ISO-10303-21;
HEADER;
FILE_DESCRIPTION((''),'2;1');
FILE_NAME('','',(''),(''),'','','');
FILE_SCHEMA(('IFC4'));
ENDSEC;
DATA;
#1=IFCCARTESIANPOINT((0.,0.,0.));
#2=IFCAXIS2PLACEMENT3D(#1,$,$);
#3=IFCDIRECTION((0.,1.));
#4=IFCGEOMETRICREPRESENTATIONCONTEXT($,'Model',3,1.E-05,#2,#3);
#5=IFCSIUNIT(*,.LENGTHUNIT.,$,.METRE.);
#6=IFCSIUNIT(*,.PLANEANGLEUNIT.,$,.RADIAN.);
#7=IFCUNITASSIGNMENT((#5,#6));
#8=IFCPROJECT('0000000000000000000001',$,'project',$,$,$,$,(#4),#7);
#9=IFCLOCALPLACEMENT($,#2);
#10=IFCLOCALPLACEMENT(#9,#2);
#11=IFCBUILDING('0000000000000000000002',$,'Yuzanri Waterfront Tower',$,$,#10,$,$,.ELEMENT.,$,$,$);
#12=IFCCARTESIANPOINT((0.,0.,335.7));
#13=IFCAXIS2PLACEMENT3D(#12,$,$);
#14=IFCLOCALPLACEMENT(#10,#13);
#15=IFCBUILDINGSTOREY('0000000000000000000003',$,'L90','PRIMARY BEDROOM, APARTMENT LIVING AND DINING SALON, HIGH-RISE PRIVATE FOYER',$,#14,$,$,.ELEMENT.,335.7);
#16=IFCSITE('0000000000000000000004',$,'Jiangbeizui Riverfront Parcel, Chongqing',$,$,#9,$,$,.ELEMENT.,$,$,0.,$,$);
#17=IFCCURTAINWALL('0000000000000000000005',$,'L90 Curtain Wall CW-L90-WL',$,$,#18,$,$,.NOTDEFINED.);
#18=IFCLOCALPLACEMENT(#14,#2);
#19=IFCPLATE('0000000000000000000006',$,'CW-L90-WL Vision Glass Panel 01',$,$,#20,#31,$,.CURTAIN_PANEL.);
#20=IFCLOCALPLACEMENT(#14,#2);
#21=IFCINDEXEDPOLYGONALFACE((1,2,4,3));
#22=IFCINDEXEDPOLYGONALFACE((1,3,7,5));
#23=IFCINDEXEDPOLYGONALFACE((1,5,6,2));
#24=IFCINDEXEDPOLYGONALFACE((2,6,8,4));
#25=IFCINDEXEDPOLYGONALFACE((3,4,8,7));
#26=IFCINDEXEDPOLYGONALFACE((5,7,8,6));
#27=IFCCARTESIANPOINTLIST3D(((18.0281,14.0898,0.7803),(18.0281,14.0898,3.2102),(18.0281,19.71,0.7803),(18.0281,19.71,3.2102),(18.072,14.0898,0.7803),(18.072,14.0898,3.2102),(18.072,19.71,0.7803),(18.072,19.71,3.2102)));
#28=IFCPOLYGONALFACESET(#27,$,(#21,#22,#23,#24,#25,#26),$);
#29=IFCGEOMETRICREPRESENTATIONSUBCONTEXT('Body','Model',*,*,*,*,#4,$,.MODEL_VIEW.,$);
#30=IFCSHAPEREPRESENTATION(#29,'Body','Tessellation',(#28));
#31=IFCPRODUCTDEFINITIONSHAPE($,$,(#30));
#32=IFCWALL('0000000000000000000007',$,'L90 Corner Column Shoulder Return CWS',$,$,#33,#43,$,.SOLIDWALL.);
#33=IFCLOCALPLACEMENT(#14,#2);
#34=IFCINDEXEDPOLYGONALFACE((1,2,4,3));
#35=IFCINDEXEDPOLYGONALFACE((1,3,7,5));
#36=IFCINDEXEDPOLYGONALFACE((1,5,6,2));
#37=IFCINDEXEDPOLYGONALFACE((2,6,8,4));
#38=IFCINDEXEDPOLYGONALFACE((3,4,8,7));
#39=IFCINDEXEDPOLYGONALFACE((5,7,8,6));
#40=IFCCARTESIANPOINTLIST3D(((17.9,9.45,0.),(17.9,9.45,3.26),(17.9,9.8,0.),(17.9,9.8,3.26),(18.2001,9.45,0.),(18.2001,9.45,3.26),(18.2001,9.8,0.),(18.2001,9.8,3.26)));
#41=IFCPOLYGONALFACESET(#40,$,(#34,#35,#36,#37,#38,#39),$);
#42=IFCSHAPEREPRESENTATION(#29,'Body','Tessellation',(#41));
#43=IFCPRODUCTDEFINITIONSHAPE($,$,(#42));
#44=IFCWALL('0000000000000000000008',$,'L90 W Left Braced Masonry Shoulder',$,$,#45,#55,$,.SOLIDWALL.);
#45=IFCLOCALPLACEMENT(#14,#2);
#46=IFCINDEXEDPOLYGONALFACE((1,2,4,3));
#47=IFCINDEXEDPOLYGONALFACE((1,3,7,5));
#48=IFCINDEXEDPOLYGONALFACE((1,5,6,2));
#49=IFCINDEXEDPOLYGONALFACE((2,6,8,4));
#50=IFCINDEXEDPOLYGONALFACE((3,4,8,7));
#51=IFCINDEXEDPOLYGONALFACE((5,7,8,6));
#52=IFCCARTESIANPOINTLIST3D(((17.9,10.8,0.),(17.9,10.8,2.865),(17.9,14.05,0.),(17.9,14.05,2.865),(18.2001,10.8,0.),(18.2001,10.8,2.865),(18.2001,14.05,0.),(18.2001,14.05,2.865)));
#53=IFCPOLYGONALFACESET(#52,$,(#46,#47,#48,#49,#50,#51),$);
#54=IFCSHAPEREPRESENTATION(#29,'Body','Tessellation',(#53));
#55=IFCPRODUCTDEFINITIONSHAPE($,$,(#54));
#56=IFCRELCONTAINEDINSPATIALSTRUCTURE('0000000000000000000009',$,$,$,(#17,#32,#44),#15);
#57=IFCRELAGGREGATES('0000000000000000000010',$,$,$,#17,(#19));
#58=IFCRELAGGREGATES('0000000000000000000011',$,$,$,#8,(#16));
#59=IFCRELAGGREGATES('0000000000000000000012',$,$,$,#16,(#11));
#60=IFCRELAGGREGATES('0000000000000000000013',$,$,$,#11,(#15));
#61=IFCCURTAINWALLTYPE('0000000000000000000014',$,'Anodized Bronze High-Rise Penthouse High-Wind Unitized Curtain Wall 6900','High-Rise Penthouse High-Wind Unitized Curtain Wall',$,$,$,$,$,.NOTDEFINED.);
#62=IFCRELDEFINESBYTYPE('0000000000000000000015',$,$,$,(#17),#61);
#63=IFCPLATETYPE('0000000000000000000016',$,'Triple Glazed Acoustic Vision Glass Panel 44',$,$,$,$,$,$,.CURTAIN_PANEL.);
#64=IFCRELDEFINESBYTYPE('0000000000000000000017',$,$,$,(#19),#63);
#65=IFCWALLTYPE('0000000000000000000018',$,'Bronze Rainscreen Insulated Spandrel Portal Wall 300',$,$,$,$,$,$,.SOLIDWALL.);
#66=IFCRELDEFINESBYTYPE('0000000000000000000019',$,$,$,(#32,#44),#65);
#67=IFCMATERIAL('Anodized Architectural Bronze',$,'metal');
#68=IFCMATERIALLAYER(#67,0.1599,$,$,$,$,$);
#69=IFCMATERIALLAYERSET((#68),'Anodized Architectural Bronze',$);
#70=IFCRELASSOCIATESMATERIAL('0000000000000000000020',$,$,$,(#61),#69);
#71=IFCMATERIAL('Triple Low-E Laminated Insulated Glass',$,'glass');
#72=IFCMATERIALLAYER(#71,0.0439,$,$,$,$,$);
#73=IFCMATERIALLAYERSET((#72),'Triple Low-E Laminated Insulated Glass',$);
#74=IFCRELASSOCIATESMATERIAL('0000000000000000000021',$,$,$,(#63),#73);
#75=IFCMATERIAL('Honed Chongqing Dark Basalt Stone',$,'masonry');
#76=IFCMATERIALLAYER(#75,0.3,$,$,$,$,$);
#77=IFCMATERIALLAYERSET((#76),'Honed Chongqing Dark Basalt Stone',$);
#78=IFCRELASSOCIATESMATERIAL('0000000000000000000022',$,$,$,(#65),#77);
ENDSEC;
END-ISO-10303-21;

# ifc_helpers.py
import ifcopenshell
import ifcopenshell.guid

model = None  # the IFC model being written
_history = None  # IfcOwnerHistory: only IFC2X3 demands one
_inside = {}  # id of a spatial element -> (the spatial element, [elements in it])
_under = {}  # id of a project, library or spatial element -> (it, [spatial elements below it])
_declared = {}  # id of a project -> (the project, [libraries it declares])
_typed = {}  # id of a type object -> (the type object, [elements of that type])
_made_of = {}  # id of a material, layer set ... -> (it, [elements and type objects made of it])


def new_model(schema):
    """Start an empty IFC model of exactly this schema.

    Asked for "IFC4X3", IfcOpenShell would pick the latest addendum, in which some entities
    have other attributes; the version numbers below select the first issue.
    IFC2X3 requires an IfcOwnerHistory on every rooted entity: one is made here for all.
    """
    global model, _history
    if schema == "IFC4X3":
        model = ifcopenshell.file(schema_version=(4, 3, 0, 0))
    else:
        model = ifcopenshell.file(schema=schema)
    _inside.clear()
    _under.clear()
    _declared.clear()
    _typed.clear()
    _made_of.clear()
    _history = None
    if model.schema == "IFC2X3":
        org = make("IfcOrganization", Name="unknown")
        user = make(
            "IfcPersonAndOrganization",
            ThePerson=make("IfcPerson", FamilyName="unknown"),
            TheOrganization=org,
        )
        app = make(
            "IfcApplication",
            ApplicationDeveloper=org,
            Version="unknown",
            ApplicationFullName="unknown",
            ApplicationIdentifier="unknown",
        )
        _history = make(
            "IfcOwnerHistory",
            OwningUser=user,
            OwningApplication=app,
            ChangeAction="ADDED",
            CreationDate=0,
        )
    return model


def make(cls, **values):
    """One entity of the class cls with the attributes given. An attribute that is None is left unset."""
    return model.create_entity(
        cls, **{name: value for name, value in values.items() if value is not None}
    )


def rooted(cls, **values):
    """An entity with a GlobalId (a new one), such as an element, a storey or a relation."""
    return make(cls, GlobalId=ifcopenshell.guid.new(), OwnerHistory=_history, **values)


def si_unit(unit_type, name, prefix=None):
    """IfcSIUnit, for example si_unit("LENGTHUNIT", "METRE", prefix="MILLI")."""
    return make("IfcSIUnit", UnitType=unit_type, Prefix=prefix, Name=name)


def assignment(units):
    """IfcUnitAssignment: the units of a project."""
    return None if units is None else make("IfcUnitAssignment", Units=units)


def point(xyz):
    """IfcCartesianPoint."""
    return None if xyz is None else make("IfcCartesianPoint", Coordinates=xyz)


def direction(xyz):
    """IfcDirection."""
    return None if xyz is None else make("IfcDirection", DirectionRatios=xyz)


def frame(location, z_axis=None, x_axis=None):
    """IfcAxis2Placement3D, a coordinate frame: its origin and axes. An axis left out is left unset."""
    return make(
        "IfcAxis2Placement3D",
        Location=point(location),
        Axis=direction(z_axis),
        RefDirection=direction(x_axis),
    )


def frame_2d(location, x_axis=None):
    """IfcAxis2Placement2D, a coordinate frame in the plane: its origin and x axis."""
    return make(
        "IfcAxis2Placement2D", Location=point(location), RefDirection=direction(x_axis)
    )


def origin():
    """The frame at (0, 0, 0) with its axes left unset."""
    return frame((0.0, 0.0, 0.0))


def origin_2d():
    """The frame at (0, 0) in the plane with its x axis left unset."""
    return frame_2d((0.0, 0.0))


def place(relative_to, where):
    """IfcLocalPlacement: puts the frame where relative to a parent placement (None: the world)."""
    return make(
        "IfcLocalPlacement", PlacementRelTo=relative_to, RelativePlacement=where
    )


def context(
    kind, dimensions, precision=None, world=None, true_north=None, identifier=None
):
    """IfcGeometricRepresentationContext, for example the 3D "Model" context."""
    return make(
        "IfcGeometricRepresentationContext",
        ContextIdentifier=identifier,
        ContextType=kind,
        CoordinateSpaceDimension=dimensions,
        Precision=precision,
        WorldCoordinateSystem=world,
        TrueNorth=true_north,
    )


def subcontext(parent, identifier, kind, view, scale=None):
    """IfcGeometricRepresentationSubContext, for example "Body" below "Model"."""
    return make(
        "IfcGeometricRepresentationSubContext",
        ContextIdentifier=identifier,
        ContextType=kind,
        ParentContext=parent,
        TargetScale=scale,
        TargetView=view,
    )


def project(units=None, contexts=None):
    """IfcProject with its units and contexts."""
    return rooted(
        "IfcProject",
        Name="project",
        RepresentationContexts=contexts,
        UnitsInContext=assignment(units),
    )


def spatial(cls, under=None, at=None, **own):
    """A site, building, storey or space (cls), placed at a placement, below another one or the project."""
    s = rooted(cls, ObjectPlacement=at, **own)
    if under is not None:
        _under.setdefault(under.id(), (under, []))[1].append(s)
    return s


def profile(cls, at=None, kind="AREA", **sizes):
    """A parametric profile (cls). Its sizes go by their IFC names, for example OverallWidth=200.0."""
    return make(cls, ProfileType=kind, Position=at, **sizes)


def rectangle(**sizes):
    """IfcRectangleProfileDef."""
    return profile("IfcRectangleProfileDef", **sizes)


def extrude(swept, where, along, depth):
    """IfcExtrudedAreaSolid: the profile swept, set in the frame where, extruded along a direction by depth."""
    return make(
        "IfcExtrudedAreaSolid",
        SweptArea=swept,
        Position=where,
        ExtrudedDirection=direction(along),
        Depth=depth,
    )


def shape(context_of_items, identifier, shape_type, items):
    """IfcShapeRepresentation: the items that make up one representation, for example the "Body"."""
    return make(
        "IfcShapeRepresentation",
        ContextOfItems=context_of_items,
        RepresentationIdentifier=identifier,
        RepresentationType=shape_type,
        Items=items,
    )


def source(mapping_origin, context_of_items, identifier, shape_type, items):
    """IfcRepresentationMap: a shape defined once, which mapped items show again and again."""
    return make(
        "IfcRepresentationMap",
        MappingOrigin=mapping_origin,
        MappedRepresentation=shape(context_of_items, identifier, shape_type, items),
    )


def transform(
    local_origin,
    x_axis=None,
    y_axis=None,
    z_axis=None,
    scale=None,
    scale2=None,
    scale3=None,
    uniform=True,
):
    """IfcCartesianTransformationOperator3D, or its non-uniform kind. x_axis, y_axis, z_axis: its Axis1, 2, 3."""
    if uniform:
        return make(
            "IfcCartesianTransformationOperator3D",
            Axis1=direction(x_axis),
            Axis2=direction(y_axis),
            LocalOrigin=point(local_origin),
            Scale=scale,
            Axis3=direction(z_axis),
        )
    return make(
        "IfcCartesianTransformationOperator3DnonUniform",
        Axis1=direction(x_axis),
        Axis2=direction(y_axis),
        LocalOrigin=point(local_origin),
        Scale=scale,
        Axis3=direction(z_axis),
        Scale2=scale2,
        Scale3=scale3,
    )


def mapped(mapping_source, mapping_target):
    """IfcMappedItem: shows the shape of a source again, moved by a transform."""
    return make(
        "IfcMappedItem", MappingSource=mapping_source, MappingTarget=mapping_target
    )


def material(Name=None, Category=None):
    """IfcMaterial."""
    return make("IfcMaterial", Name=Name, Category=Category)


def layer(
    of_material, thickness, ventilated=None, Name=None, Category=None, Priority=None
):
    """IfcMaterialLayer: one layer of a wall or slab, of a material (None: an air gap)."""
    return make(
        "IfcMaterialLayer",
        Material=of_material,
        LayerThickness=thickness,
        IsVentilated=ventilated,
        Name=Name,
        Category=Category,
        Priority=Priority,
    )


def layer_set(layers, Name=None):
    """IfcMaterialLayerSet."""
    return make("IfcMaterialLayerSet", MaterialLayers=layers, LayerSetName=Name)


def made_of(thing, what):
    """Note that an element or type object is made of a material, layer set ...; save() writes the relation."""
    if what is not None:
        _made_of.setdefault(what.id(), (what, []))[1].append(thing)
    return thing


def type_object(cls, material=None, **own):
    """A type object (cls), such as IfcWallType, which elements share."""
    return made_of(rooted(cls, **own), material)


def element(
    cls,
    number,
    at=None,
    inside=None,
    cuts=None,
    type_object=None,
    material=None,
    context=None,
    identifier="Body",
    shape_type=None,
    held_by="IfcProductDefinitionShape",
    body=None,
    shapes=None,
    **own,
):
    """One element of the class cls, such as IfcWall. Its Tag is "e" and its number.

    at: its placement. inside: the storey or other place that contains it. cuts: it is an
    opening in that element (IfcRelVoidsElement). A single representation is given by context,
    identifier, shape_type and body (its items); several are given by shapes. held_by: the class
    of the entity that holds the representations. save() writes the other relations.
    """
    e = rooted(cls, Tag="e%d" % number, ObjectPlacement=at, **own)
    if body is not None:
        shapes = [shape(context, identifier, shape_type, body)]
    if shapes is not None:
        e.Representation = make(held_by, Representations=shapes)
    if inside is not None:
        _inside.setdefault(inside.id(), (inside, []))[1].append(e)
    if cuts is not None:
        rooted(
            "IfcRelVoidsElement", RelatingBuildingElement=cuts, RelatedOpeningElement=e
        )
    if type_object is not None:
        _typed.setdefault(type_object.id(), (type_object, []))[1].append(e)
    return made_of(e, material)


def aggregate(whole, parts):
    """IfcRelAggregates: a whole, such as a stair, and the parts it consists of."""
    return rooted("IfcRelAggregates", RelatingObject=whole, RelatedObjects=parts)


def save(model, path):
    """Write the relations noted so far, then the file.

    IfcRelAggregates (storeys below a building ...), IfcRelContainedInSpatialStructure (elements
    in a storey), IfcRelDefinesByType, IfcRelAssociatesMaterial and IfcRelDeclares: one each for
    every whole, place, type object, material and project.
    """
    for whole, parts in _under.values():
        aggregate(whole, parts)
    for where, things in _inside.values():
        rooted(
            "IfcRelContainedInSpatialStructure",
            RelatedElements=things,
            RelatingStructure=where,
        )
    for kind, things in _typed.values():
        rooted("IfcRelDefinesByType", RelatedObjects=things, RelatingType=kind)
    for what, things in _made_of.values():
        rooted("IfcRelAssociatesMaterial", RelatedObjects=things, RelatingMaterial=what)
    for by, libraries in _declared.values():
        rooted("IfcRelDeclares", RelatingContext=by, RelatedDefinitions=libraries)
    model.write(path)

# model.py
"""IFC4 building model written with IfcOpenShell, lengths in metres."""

from ifc_helpers import new_model, si_unit, direction, frame, frame_2d, origin, origin_2d, place, context, subcontext, project, spatial, rectangle, extrude, source, transform, mapped, material, layer, layer_set, type_object, element, aggregate, save


model = new_model("IFC4")

# Units and contexts
model_context = context("Model", 3, precision=1e-05, world=origin(), true_north=direction((0.0, 1.0)))
body_context = subcontext(model_context, "Body", "Model", "MODEL_VIEW")
ifc_project = project(units=[si_unit("LENGTHUNIT", "METRE"), si_unit("PLANEANGLEUNIT", "RADIAN")], contexts=[model_context])

# Site, building, storey
site_placement = place(None, origin())
site = spatial("IfcSite", under=ifc_project, at=site_placement, Name="Jiangbeizui Riverfront Parcel, Chongqing", CompositionType="ELEMENT", RefElevation=0.0)
building_placement = place(site_placement, origin())
building = spatial("IfcBuilding", under=site, at=building_placement, Name="Yuzanri Waterfront Tower", CompositionType="ELEMENT")
storey_placement = place(building_placement, frame((0.0, 0.0, 335.7)))
storey = spatial("IfcBuildingStorey", under=building, at=storey_placement, Name="L90", Description="PRIMARY BEDROOM, APARTMENT LIVING AND DINING SALON, HIGH-RISE PRIVATE FOYER", CompositionType="ELEMENT", Elevation=335.7)

# Curtain wall
ifc_material_1 = material(Name="Anodized Architectural Bronze", Category="metal")
ifc_layer_1 = layer(ifc_material_1, 0.1599)
ifc_layer_set_1 = layer_set([ifc_layer_1], Name="Anodized Architectural Bronze")
curtain_wall_type = type_object("IfcCurtainWallType", Name="Anodized Bronze High-Rise Penthouse High-Wind Unitized Curtain Wall 6900", Description="High-Rise Penthouse High-Wind Unitized Curtain Wall", PredefinedType="NOTDEFINED", material=ifc_layer_set_1)
curtain_wall_placement = place(storey_placement, origin())
curtain_wall = element("IfcCurtainWall", 1, at=curtain_wall_placement, inside=storey, type_object=curtain_wall_type, Name="L90 Curtain Wall CW-L90-WL", PredefinedType="NOTDEFINED")

# Plate
ifc_material_2 = material(Name="Triple Low-E Laminated Insulated Glass", Category="glass")
ifc_layer_2 = layer(ifc_material_2, 0.0439)
ifc_layer_set_2 = layer_set([ifc_layer_2], Name="Triple Low-E Laminated Insulated Glass")
plate_type_1 = type_object("IfcPlateType", Name="Triple Glazed Acoustic Vision Glass Panel 44", PredefinedType="CURTAIN_PANEL", material=ifc_layer_set_2)
shared_shape_1 = source(origin(), body_context, "Body", "SweptSolid", [
    extrude(rectangle(XDim=5.6201, YDim=0.0439, at=origin_2d()), origin(), (0.0, 0.0, 1.0), 2.4299),
])
plate_1_placement = place(storey_placement, frame((18.05, 16.8999, 0.7803), z_axis=(0.0, 0.0, 1.0), x_axis=(0.0, 1.0, 0.0)))
plate_1 = element("IfcPlate", 2, at=plate_1_placement, type_object=plate_type_1, Name="CW-L90-WL Vision Glass Panel 01", PredefinedType="CURTAIN_PANEL", context=body_context, shape_type="MappedRepresentation", body=[
    mapped(shared_shape_1, transform((0.0, 0.0, 0.0), scale=1.0)),
])
aggregate(curtain_wall, [plate_1])

# Walls
ifc_material_3 = material(Name="Honed Chongqing Dark Basalt Stone", Category="masonry")
ifc_layer_3 = layer(ifc_material_3, 0.3)
ifc_layer_set_3 = layer_set([ifc_layer_3], Name="Honed Chongqing Dark Basalt Stone")
wall_type = type_object("IfcWallType", Name="Bronze Rainscreen Insulated Spandrel Portal Wall 300", PredefinedType="SOLIDWALL", material=ifc_layer_set_3)
shared_shape_2 = source(origin(), body_context, "Body", "SweptSolid", [
    extrude(rectangle(XDim=0.3501, YDim=0.3, at=frame_2d((0.175, 0.0))), origin(), (0.0, 0.0, 1.0), 3.26),
])
wall_1_placement = place(storey_placement, frame((18.05, 9.45, 0.0), z_axis=(0.0, 0.0, 1.0), x_axis=(0.0, 1.0, 0.0)))
element("IfcWall", 3, at=wall_1_placement, inside=storey, type_object=wall_type, Name="L90 Corner Column Shoulder Return CWS", PredefinedType="SOLIDWALL", context=body_context, shape_type="MappedRepresentation", body=[
    mapped(shared_shape_2, transform((0.0, 0.0, 0.0), scale=1.0)),
])
shared_shape_3 = source(origin(), body_context, "Body", "SweptSolid", [
    extrude(rectangle(XDim=3.25, YDim=0.3, at=frame_2d((1.625, 0.0))), origin(), (0.0, 0.0, 1.0), 2.865),
])
wall_2_placement = place(storey_placement, frame((18.05, 10.8, 0.0), z_axis=(0.0, 0.0, 1.0), x_axis=(0.0, 1.0, 0.0)))
element("IfcWall", 4, at=wall_2_placement, inside=storey, type_object=wall_type, Name="L90 W Left Braced Masonry Shoulder", PredefinedType="SOLIDWALL", context=body_context, shape_type="MappedRepresentation", body=[
    mapped(shared_shape_3, transform((0.0, 0.0, 0.0), scale=1.0)),
])

save(model, "model.ifc")
